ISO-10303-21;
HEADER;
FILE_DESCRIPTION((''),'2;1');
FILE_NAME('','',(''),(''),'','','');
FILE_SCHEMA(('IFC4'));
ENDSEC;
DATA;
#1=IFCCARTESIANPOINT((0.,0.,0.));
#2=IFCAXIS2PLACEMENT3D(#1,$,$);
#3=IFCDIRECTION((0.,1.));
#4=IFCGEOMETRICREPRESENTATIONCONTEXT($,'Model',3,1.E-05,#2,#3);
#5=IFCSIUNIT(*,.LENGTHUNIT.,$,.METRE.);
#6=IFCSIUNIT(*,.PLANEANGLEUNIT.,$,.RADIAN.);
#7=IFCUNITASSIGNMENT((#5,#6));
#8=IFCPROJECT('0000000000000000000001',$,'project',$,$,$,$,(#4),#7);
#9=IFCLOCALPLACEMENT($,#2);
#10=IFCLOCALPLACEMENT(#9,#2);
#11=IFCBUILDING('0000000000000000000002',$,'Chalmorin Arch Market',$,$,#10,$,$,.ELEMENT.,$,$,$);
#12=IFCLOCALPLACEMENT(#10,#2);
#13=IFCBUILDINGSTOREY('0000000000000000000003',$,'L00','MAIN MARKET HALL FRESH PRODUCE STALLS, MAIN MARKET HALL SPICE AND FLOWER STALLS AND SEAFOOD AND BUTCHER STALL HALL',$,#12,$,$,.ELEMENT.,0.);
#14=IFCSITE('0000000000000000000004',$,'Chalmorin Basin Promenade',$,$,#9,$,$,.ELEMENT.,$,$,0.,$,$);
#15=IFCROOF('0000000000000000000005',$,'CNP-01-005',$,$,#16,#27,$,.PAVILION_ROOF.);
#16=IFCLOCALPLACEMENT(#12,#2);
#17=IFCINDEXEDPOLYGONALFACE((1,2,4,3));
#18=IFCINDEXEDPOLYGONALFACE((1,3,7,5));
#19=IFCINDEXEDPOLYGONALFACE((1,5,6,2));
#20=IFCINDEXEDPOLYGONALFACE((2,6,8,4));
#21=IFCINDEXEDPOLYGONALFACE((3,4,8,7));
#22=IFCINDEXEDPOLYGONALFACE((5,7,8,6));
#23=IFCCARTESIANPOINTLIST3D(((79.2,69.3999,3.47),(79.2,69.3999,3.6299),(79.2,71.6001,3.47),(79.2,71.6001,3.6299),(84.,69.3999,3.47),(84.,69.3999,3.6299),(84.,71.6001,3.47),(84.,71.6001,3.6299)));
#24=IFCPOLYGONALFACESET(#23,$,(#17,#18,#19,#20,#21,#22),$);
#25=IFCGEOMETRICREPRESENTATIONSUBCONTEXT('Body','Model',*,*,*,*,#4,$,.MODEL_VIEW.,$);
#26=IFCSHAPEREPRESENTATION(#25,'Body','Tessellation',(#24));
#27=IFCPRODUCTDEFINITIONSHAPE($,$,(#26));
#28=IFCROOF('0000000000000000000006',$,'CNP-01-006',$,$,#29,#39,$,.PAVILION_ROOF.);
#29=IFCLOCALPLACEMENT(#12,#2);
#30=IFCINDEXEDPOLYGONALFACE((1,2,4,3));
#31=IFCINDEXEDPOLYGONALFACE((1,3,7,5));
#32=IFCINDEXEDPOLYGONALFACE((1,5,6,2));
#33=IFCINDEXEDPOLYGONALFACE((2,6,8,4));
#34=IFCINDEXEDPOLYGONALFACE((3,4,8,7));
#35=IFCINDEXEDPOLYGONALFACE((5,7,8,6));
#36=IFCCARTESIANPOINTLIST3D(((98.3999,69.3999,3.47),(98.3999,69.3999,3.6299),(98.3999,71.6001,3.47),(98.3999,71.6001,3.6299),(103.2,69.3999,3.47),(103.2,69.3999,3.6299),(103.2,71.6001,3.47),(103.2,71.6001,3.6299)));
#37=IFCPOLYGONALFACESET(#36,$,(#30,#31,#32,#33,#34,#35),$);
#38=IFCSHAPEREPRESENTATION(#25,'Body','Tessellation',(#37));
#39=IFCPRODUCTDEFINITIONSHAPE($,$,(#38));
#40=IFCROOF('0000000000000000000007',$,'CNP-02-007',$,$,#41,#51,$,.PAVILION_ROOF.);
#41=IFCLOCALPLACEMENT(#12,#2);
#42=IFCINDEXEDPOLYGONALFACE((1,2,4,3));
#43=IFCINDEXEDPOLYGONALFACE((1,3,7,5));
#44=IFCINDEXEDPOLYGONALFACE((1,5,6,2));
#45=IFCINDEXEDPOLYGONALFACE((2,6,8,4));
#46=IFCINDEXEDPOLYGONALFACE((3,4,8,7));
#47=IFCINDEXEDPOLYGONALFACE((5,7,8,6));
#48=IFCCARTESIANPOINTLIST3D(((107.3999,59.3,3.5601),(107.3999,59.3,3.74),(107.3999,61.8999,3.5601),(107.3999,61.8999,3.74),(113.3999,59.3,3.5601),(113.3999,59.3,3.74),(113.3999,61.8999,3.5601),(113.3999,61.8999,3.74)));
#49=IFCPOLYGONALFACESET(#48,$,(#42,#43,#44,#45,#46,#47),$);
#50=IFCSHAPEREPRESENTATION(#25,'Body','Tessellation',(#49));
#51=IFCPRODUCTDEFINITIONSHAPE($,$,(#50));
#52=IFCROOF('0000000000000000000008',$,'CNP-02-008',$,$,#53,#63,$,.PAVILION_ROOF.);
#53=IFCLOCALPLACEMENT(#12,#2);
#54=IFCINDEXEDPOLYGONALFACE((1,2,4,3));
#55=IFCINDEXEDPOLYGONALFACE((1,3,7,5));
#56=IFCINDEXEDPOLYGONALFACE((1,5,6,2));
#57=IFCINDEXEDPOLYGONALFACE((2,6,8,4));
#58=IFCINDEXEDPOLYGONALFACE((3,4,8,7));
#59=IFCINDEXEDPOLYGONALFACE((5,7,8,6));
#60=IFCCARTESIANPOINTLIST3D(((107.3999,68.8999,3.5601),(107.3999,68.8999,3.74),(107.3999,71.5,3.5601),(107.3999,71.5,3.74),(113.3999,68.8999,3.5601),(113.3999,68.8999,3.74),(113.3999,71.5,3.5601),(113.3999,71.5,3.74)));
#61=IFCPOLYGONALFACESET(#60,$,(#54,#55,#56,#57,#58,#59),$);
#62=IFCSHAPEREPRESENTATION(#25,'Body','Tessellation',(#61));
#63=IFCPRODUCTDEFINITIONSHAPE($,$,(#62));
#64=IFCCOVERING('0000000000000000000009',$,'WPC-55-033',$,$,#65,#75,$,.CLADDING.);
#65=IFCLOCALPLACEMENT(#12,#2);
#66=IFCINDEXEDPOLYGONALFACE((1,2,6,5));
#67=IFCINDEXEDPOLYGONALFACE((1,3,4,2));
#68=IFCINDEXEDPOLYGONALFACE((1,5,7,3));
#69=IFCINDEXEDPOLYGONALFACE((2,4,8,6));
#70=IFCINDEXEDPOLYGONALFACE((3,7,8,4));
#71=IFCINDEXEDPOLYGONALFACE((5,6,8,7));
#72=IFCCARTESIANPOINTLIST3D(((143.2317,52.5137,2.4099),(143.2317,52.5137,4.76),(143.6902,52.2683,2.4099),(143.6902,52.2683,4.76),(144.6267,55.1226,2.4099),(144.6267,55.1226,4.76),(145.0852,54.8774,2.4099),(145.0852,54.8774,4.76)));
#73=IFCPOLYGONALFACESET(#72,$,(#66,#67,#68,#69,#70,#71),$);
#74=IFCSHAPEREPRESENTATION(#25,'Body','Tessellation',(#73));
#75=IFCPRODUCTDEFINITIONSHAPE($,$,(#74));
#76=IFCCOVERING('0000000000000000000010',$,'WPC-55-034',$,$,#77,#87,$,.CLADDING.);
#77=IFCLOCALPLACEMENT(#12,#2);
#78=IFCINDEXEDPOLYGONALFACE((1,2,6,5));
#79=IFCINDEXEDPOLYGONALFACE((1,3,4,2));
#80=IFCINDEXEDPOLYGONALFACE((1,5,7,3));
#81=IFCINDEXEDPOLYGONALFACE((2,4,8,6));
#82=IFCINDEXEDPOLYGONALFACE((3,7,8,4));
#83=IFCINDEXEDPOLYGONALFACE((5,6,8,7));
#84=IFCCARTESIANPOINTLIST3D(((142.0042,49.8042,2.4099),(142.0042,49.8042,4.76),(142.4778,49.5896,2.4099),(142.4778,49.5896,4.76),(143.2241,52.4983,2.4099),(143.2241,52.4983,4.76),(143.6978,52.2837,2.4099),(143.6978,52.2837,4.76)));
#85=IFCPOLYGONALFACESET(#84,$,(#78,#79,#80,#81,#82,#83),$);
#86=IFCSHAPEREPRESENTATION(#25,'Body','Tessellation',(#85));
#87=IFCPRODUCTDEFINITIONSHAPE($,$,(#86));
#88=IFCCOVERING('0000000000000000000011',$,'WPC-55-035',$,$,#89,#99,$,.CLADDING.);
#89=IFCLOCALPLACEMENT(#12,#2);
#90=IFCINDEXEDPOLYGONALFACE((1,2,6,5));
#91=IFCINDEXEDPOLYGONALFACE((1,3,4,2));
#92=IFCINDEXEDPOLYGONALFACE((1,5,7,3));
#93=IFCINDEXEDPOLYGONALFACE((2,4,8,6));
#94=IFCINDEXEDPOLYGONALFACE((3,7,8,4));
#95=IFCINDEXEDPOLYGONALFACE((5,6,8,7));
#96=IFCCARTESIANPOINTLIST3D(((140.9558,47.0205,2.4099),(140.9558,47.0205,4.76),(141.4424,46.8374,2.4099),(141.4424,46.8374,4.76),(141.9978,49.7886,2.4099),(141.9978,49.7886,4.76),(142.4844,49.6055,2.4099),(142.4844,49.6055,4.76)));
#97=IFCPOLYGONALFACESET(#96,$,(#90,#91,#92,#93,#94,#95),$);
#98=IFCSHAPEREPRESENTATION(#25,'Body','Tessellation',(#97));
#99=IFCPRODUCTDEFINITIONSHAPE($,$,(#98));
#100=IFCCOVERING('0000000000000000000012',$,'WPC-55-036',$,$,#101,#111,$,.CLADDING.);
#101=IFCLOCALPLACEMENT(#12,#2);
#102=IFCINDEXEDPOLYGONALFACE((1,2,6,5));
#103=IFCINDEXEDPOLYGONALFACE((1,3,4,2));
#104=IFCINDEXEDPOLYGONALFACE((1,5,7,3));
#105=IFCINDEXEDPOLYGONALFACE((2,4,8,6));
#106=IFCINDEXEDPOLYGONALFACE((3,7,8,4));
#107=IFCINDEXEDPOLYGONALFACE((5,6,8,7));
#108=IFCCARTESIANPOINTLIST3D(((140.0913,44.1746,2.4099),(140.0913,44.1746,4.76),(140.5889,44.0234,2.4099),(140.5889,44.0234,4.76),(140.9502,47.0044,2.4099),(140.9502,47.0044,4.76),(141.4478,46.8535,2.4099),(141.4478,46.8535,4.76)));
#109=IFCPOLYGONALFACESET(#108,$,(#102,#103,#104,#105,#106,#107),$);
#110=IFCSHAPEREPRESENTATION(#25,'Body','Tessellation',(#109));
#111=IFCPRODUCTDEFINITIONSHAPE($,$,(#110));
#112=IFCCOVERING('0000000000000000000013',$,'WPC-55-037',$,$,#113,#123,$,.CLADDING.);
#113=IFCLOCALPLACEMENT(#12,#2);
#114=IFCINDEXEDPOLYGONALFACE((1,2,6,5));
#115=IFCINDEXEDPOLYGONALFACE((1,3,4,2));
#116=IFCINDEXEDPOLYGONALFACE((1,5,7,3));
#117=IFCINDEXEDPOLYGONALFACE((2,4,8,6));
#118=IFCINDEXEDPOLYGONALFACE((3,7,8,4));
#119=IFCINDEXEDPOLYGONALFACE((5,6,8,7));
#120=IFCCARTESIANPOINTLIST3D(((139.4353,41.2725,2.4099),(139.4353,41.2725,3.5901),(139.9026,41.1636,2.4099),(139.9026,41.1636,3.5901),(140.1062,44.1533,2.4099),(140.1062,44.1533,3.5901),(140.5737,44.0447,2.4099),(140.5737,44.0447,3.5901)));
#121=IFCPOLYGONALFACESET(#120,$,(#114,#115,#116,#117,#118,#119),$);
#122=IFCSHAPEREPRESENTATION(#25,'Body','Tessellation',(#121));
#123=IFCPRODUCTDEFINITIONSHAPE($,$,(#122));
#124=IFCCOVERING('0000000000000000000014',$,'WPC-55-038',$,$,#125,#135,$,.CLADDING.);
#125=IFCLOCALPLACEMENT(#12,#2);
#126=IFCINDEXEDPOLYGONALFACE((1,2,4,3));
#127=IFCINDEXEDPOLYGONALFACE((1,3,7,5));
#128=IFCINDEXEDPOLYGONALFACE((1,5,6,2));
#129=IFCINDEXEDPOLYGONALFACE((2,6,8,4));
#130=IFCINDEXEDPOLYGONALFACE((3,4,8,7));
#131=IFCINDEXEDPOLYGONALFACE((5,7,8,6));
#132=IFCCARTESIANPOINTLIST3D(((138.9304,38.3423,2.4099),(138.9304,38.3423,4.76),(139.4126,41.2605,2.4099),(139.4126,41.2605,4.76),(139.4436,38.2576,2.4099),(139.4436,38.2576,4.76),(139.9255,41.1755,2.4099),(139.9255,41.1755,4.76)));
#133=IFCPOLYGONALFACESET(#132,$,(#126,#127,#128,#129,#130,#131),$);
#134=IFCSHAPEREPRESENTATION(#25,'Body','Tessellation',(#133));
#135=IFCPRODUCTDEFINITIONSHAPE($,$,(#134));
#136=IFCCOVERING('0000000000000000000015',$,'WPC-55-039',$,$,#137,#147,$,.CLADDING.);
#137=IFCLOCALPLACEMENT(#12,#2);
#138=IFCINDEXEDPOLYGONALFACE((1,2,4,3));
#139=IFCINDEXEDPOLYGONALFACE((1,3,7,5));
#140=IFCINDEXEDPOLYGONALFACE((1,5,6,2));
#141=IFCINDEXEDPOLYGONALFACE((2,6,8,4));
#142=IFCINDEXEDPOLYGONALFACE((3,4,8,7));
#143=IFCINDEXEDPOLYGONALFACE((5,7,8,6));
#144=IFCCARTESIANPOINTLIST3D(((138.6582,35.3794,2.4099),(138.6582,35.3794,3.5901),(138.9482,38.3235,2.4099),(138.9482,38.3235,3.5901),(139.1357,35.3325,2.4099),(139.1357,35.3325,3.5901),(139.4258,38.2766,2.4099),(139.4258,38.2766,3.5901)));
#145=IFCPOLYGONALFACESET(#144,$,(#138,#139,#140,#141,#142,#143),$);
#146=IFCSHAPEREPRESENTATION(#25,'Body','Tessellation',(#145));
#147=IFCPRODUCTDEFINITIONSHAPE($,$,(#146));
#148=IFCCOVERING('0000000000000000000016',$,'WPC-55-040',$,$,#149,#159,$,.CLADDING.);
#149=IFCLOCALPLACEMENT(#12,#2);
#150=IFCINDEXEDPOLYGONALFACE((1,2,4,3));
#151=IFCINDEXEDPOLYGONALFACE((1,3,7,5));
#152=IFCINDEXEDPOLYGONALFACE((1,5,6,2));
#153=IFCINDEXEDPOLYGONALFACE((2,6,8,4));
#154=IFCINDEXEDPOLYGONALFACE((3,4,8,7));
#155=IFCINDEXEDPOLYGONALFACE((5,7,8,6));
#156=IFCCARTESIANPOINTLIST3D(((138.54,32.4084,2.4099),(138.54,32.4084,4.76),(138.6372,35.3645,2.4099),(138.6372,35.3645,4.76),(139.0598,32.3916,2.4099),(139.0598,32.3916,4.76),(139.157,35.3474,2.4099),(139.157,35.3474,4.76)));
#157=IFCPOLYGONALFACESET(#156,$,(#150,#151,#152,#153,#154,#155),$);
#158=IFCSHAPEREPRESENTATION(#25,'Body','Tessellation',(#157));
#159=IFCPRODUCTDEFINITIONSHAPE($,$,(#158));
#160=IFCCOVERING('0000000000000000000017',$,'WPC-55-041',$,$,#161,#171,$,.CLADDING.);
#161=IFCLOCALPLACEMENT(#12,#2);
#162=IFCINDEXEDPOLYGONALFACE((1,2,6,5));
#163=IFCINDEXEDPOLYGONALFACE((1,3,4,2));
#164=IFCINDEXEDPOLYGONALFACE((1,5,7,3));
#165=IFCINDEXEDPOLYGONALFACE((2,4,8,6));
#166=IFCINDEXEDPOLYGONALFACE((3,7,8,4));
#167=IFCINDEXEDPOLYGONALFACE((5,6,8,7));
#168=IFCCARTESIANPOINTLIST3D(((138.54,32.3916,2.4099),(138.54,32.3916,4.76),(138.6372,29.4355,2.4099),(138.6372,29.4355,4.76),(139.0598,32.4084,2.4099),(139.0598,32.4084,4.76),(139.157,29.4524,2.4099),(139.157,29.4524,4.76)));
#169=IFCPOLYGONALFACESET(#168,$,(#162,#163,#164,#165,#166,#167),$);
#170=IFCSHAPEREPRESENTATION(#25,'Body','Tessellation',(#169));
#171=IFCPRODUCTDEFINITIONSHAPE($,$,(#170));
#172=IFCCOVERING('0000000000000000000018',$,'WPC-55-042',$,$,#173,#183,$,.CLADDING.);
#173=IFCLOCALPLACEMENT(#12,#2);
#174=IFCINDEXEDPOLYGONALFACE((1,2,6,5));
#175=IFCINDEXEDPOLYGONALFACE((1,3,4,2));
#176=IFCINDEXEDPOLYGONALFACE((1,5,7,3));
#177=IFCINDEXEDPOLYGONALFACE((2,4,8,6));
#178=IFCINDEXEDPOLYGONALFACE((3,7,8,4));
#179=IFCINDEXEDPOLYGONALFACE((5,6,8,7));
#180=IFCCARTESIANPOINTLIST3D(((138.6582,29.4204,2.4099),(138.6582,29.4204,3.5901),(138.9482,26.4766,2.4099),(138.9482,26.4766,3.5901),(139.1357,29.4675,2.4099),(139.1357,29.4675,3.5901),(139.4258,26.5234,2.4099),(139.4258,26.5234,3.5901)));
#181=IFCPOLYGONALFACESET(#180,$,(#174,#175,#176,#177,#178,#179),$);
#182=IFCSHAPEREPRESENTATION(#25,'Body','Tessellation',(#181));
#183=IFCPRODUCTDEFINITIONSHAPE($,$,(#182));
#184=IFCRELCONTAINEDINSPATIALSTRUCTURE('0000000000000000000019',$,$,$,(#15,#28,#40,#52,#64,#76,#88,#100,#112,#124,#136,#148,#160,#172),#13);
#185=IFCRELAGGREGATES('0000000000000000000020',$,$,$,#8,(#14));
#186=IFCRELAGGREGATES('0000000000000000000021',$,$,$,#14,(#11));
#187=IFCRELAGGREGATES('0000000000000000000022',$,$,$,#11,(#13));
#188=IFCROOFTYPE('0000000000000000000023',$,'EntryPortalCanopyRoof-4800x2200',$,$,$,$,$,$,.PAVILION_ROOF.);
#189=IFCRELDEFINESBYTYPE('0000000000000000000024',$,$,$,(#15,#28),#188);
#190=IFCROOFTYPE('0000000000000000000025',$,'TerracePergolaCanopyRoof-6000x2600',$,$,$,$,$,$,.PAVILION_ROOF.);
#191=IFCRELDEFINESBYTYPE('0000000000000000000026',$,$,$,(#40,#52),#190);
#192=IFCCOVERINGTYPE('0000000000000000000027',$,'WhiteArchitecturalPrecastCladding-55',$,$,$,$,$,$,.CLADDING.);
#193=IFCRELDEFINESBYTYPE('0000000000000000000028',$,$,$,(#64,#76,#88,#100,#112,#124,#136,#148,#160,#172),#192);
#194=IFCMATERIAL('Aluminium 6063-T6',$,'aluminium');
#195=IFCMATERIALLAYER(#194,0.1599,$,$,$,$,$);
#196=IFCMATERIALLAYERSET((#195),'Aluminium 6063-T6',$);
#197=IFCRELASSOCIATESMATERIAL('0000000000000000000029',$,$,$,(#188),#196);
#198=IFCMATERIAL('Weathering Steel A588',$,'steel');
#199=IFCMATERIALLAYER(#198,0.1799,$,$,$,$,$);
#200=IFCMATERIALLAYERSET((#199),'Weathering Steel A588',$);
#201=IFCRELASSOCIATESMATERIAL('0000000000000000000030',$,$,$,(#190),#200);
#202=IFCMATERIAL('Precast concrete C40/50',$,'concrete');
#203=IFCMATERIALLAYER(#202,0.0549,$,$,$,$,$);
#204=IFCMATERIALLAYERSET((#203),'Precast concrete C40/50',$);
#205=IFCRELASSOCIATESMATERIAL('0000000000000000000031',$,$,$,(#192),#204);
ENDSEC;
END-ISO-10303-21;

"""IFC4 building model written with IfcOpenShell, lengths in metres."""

from ifc_helpers import new_model, si_unit, direction, frame, origin, place, context, subcontext, project, spatial, polyline, outline, extrude, material, layer, layer_set, type_object, element, save


model = new_model("IFC4")

# Units and contexts
model_context = context("Model", 3, precision=1e-05, world=origin(), true_north=direction((0.0, 1.0)))
body_context = subcontext(model_context, "Body", "Model", "MODEL_VIEW")
ifc_project = project(units=[si_unit("LENGTHUNIT", "METRE"), si_unit("PLANEANGLEUNIT", "RADIAN")], contexts=[model_context])

# Site, building, storey
site_placement = place(None, origin())
site = spatial("IfcSite", under=ifc_project, at=site_placement, Name="Chalmorin Basin Promenade", CompositionType="ELEMENT", RefElevation=0.0)
building_placement = place(site_placement, origin())
building = spatial("IfcBuilding", under=site, at=building_placement, Name="Chalmorin Arch Market", CompositionType="ELEMENT")
storey_placement = place(building_placement, origin())
storey = spatial("IfcBuildingStorey", under=building, at=storey_placement, Name="L00", Description="MAIN MARKET HALL FRESH PRODUCE STALLS, MAIN MARKET HALL SPICE AND FLOWER STALLS AND SEAFOOD AND BUTCHER STALL HALL", CompositionType="ELEMENT", Elevation=0.0)

# Roofs
ifc_material_1 = material(Name="Aluminium 6063-T6", Category="aluminium")
ifc_layer_1 = layer(ifc_material_1, 0.1599)
ifc_layer_set_1 = layer_set([ifc_layer_1], Name="Aluminium 6063-T6")
roof_type_1 = type_object("IfcRoofType", Name="EntryPortalCanopyRoof-4800x2200", PredefinedType="PAVILION_ROOF", material=ifc_layer_set_1)
roof_1_placement = place(storey_placement, frame((0.0, 0.0, 3.47)))
element("IfcRoof", 1, at=roof_1_placement, inside=storey, type_object=roof_type_1, Name="CNP-01-005", PredefinedType="PAVILION_ROOF", context=body_context, shape_type="SweptSolid", body=[
    extrude(outline(polyline([(79.2, 69.3999), (84.0, 69.3999), (84.0, 71.6001), (79.2, 71.6001), (79.2, 69.3999)])), origin(), (0.0, 0.0, 1.0), 0.1599),
])
roof_2_placement = place(storey_placement, frame((0.0, 0.0, 3.47)))
element("IfcRoof", 2, at=roof_2_placement, inside=storey, type_object=roof_type_1, Name="CNP-01-006", PredefinedType="PAVILION_ROOF", context=body_context, shape_type="SweptSolid", body=[
    extrude(outline(polyline([(98.3999, 69.3999), (103.2, 69.3999), (103.2, 71.6001), (98.3999, 71.6001), (98.3999, 69.3999)])), origin(), (0.0, 0.0, 1.0), 0.1599),
])
ifc_material_2 = material(Name="Weathering Steel A588", Category="steel")
ifc_layer_2 = layer(ifc_material_2, 0.1799)
ifc_layer_set_2 = layer_set([ifc_layer_2], Name="Weathering Steel A588")
roof_type_2 = type_object("IfcRoofType", Name="TerracePergolaCanopyRoof-6000x2600", PredefinedType="PAVILION_ROOF", material=ifc_layer_set_2)
roof_3_placement = place(storey_placement, frame((0.0, 0.0, 3.5601)))
element("IfcRoof", 3, at=roof_3_placement, inside=storey, type_object=roof_type_2, Name="CNP-02-007", PredefinedType="PAVILION_ROOF", context=body_context, shape_type="SweptSolid", body=[
    extrude(outline(polyline([(107.3999, 59.3), (113.3999, 59.3), (113.3999, 61.8999), (107.3999, 61.8999), (107.3999, 59.3)])), origin(), (0.0, 0.0, 1.0), 0.1799),
])
roof_4_placement = place(storey_placement, frame((0.0, 0.0, 3.5601)))
element("IfcRoof", 4, at=roof_4_placement, inside=storey, type_object=roof_type_2, Name="CNP-02-008", PredefinedType="PAVILION_ROOF", context=body_context, shape_type="SweptSolid", body=[
    extrude(outline(polyline([(107.3999, 68.8999), (113.3999, 68.8999), (113.3999, 71.5), (107.3999, 71.5), (107.3999, 68.8999)])), origin(), (0.0, 0.0, 1.0), 0.1799),
])

# Coverings
ifc_material_3 = material(Name="Precast concrete C40/50", Category="concrete")
ifc_layer_3 = layer(ifc_material_3, 0.0549)
ifc_layer_set_3 = layer_set([ifc_layer_3], Name="Precast concrete C40/50")
covering_type = type_object("IfcCoveringType", Name="WhiteArchitecturalPrecastCladding-55", PredefinedType="CLADDING", material=ifc_layer_set_3)
covering_1_placement = place(storey_placement, frame((0.0, 0.0, 2.4099)))
element("IfcCovering", 5, at=covering_1_placement, inside=storey, type_object=covering_type, Name="WPC-55-033", PredefinedType="CLADDING", context=body_context, shape_type="SweptSolid", body=[
    extrude(outline(polyline([(144.6267, 55.1226), (143.2317, 52.5137), (143.6902, 52.2683), (145.0852, 54.8774), (144.6267, 55.1226)])), origin(), (0.0, 0.0, 1.0), 2.3501),
])
covering_2_placement = place(storey_placement, frame((0.0, 0.0, 2.4099)))
element("IfcCovering", 6, at=covering_2_placement, inside=storey, type_object=covering_type, Name="WPC-55-034", PredefinedType="CLADDING", context=body_context, shape_type="SweptSolid", body=[
    extrude(outline(polyline([(143.2241, 52.4983), (142.0042, 49.8042), (142.4778, 49.5896), (143.6978, 52.2837), (143.2241, 52.4983)])), origin(), (0.0, 0.0, 1.0), 2.3501),
])
covering_3_placement = place(storey_placement, frame((0.0, 0.0, 2.4099)))
element("IfcCovering", 7, at=covering_3_placement, inside=storey, type_object=covering_type, Name="WPC-55-035", PredefinedType="CLADDING", context=body_context, shape_type="SweptSolid", body=[
    extrude(outline(polyline([(141.9978, 49.7886), (140.9558, 47.0205), (141.4424, 46.8374), (142.4844, 49.6055), (141.9978, 49.7886)])), origin(), (0.0, 0.0, 1.0), 2.3501),
])
covering_4_placement = place(storey_placement, frame((0.0, 0.0, 2.4099)))
element("IfcCovering", 8, at=covering_4_placement, inside=storey, type_object=covering_type, Name="WPC-55-036", PredefinedType="CLADDING", context=body_context, shape_type="SweptSolid", body=[
    extrude(outline(polyline([(140.9502, 47.0044), (140.0913, 44.1746), (140.5889, 44.0234), (141.4478, 46.8535), (140.9502, 47.0044)])), origin(), (0.0, 0.0, 1.0), 2.3501),
])
covering_5_placement = place(storey_placement, frame((0.0, 0.0, 2.4099)))
element("IfcCovering", 9, at=covering_5_placement, inside=storey, type_object=covering_type, Name="WPC-55-037", PredefinedType="CLADDING", context=body_context, shape_type="SweptSolid", body=[
    extrude(outline(polyline([(140.1062, 44.1533), (139.4353, 41.2725), (139.9026, 41.1636), (140.5737, 44.0447), (140.1062, 44.1533)])), origin(), (0.0, 0.0, 1.0), 1.1802),
])
covering_6_placement = place(storey_placement, frame((0.0, 0.0, 2.4099)))
element("IfcCovering", 10, at=covering_6_placement, inside=storey, type_object=covering_type, Name="WPC-55-038", PredefinedType="CLADDING", context=body_context, shape_type="SweptSolid", body=[
    extrude(outline(polyline([(139.4126, 41.2605), (138.9304, 38.3423), (139.4436, 38.2576), (139.9255, 41.1755), (139.4126, 41.2605)])), origin(), (0.0, 0.0, 1.0), 2.3501),
])
covering_7_placement = place(storey_placement, frame((0.0, 0.0, 2.4099)))
element("IfcCovering", 11, at=covering_7_placement, inside=storey, type_object=covering_type, Name="WPC-55-039", PredefinedType="CLADDING", context=body_context, shape_type="SweptSolid", body=[
    extrude(outline(polyline([(138.9482, 38.3235), (138.6582, 35.3794), (139.1357, 35.3325), (139.4258, 38.2766), (138.9482, 38.3235)])), origin(), (0.0, 0.0, 1.0), 1.1802),
])
covering_8_placement = place(storey_placement, frame((0.0, 0.0, 2.4099)))
element("IfcCovering", 12, at=covering_8_placement, inside=storey, type_object=covering_type, Name="WPC-55-040", PredefinedType="CLADDING", context=body_context, shape_type="SweptSolid", body=[
    extrude(outline(polyline([(138.6372, 35.3645), (138.54, 32.4084), (139.0598, 32.3916), (139.157, 35.3474), (138.6372, 35.3645)])), origin(), (0.0, 0.0, 1.0), 2.3501),
])
covering_9_placement = place(storey_placement, frame((0.0, 0.0, 2.4099)))
element("IfcCovering", 13, at=covering_9_placement, inside=storey, type_object=covering_type, Name="WPC-55-041", PredefinedType="CLADDING", context=body_context, shape_type="SweptSolid", body=[
    extrude(outline(polyline([(138.54, 32.3916), (138.6372, 29.4355), (139.157, 29.4524), (139.0598, 32.4084), (138.54, 32.3916)])), origin(), (0.0, 0.0, 1.0), 2.3501),
])
covering_10_placement = place(storey_placement, frame((0.0, 0.0, 2.4099)))
element("IfcCovering", 14, at=covering_10_placement, inside=storey, type_object=covering_type, Name="WPC-55-042", PredefinedType="CLADDING", context=body_context, shape_type="SweptSolid", body=[
    extrude(outline(polyline([(138.6582, 29.4204), (138.9482, 26.4766), (139.4258, 26.5234), (139.1357, 29.4675), (138.6582, 29.4204)])), origin(), (0.0, 0.0, 1.0), 1.1802),
])

save(model, "model.ifc")
